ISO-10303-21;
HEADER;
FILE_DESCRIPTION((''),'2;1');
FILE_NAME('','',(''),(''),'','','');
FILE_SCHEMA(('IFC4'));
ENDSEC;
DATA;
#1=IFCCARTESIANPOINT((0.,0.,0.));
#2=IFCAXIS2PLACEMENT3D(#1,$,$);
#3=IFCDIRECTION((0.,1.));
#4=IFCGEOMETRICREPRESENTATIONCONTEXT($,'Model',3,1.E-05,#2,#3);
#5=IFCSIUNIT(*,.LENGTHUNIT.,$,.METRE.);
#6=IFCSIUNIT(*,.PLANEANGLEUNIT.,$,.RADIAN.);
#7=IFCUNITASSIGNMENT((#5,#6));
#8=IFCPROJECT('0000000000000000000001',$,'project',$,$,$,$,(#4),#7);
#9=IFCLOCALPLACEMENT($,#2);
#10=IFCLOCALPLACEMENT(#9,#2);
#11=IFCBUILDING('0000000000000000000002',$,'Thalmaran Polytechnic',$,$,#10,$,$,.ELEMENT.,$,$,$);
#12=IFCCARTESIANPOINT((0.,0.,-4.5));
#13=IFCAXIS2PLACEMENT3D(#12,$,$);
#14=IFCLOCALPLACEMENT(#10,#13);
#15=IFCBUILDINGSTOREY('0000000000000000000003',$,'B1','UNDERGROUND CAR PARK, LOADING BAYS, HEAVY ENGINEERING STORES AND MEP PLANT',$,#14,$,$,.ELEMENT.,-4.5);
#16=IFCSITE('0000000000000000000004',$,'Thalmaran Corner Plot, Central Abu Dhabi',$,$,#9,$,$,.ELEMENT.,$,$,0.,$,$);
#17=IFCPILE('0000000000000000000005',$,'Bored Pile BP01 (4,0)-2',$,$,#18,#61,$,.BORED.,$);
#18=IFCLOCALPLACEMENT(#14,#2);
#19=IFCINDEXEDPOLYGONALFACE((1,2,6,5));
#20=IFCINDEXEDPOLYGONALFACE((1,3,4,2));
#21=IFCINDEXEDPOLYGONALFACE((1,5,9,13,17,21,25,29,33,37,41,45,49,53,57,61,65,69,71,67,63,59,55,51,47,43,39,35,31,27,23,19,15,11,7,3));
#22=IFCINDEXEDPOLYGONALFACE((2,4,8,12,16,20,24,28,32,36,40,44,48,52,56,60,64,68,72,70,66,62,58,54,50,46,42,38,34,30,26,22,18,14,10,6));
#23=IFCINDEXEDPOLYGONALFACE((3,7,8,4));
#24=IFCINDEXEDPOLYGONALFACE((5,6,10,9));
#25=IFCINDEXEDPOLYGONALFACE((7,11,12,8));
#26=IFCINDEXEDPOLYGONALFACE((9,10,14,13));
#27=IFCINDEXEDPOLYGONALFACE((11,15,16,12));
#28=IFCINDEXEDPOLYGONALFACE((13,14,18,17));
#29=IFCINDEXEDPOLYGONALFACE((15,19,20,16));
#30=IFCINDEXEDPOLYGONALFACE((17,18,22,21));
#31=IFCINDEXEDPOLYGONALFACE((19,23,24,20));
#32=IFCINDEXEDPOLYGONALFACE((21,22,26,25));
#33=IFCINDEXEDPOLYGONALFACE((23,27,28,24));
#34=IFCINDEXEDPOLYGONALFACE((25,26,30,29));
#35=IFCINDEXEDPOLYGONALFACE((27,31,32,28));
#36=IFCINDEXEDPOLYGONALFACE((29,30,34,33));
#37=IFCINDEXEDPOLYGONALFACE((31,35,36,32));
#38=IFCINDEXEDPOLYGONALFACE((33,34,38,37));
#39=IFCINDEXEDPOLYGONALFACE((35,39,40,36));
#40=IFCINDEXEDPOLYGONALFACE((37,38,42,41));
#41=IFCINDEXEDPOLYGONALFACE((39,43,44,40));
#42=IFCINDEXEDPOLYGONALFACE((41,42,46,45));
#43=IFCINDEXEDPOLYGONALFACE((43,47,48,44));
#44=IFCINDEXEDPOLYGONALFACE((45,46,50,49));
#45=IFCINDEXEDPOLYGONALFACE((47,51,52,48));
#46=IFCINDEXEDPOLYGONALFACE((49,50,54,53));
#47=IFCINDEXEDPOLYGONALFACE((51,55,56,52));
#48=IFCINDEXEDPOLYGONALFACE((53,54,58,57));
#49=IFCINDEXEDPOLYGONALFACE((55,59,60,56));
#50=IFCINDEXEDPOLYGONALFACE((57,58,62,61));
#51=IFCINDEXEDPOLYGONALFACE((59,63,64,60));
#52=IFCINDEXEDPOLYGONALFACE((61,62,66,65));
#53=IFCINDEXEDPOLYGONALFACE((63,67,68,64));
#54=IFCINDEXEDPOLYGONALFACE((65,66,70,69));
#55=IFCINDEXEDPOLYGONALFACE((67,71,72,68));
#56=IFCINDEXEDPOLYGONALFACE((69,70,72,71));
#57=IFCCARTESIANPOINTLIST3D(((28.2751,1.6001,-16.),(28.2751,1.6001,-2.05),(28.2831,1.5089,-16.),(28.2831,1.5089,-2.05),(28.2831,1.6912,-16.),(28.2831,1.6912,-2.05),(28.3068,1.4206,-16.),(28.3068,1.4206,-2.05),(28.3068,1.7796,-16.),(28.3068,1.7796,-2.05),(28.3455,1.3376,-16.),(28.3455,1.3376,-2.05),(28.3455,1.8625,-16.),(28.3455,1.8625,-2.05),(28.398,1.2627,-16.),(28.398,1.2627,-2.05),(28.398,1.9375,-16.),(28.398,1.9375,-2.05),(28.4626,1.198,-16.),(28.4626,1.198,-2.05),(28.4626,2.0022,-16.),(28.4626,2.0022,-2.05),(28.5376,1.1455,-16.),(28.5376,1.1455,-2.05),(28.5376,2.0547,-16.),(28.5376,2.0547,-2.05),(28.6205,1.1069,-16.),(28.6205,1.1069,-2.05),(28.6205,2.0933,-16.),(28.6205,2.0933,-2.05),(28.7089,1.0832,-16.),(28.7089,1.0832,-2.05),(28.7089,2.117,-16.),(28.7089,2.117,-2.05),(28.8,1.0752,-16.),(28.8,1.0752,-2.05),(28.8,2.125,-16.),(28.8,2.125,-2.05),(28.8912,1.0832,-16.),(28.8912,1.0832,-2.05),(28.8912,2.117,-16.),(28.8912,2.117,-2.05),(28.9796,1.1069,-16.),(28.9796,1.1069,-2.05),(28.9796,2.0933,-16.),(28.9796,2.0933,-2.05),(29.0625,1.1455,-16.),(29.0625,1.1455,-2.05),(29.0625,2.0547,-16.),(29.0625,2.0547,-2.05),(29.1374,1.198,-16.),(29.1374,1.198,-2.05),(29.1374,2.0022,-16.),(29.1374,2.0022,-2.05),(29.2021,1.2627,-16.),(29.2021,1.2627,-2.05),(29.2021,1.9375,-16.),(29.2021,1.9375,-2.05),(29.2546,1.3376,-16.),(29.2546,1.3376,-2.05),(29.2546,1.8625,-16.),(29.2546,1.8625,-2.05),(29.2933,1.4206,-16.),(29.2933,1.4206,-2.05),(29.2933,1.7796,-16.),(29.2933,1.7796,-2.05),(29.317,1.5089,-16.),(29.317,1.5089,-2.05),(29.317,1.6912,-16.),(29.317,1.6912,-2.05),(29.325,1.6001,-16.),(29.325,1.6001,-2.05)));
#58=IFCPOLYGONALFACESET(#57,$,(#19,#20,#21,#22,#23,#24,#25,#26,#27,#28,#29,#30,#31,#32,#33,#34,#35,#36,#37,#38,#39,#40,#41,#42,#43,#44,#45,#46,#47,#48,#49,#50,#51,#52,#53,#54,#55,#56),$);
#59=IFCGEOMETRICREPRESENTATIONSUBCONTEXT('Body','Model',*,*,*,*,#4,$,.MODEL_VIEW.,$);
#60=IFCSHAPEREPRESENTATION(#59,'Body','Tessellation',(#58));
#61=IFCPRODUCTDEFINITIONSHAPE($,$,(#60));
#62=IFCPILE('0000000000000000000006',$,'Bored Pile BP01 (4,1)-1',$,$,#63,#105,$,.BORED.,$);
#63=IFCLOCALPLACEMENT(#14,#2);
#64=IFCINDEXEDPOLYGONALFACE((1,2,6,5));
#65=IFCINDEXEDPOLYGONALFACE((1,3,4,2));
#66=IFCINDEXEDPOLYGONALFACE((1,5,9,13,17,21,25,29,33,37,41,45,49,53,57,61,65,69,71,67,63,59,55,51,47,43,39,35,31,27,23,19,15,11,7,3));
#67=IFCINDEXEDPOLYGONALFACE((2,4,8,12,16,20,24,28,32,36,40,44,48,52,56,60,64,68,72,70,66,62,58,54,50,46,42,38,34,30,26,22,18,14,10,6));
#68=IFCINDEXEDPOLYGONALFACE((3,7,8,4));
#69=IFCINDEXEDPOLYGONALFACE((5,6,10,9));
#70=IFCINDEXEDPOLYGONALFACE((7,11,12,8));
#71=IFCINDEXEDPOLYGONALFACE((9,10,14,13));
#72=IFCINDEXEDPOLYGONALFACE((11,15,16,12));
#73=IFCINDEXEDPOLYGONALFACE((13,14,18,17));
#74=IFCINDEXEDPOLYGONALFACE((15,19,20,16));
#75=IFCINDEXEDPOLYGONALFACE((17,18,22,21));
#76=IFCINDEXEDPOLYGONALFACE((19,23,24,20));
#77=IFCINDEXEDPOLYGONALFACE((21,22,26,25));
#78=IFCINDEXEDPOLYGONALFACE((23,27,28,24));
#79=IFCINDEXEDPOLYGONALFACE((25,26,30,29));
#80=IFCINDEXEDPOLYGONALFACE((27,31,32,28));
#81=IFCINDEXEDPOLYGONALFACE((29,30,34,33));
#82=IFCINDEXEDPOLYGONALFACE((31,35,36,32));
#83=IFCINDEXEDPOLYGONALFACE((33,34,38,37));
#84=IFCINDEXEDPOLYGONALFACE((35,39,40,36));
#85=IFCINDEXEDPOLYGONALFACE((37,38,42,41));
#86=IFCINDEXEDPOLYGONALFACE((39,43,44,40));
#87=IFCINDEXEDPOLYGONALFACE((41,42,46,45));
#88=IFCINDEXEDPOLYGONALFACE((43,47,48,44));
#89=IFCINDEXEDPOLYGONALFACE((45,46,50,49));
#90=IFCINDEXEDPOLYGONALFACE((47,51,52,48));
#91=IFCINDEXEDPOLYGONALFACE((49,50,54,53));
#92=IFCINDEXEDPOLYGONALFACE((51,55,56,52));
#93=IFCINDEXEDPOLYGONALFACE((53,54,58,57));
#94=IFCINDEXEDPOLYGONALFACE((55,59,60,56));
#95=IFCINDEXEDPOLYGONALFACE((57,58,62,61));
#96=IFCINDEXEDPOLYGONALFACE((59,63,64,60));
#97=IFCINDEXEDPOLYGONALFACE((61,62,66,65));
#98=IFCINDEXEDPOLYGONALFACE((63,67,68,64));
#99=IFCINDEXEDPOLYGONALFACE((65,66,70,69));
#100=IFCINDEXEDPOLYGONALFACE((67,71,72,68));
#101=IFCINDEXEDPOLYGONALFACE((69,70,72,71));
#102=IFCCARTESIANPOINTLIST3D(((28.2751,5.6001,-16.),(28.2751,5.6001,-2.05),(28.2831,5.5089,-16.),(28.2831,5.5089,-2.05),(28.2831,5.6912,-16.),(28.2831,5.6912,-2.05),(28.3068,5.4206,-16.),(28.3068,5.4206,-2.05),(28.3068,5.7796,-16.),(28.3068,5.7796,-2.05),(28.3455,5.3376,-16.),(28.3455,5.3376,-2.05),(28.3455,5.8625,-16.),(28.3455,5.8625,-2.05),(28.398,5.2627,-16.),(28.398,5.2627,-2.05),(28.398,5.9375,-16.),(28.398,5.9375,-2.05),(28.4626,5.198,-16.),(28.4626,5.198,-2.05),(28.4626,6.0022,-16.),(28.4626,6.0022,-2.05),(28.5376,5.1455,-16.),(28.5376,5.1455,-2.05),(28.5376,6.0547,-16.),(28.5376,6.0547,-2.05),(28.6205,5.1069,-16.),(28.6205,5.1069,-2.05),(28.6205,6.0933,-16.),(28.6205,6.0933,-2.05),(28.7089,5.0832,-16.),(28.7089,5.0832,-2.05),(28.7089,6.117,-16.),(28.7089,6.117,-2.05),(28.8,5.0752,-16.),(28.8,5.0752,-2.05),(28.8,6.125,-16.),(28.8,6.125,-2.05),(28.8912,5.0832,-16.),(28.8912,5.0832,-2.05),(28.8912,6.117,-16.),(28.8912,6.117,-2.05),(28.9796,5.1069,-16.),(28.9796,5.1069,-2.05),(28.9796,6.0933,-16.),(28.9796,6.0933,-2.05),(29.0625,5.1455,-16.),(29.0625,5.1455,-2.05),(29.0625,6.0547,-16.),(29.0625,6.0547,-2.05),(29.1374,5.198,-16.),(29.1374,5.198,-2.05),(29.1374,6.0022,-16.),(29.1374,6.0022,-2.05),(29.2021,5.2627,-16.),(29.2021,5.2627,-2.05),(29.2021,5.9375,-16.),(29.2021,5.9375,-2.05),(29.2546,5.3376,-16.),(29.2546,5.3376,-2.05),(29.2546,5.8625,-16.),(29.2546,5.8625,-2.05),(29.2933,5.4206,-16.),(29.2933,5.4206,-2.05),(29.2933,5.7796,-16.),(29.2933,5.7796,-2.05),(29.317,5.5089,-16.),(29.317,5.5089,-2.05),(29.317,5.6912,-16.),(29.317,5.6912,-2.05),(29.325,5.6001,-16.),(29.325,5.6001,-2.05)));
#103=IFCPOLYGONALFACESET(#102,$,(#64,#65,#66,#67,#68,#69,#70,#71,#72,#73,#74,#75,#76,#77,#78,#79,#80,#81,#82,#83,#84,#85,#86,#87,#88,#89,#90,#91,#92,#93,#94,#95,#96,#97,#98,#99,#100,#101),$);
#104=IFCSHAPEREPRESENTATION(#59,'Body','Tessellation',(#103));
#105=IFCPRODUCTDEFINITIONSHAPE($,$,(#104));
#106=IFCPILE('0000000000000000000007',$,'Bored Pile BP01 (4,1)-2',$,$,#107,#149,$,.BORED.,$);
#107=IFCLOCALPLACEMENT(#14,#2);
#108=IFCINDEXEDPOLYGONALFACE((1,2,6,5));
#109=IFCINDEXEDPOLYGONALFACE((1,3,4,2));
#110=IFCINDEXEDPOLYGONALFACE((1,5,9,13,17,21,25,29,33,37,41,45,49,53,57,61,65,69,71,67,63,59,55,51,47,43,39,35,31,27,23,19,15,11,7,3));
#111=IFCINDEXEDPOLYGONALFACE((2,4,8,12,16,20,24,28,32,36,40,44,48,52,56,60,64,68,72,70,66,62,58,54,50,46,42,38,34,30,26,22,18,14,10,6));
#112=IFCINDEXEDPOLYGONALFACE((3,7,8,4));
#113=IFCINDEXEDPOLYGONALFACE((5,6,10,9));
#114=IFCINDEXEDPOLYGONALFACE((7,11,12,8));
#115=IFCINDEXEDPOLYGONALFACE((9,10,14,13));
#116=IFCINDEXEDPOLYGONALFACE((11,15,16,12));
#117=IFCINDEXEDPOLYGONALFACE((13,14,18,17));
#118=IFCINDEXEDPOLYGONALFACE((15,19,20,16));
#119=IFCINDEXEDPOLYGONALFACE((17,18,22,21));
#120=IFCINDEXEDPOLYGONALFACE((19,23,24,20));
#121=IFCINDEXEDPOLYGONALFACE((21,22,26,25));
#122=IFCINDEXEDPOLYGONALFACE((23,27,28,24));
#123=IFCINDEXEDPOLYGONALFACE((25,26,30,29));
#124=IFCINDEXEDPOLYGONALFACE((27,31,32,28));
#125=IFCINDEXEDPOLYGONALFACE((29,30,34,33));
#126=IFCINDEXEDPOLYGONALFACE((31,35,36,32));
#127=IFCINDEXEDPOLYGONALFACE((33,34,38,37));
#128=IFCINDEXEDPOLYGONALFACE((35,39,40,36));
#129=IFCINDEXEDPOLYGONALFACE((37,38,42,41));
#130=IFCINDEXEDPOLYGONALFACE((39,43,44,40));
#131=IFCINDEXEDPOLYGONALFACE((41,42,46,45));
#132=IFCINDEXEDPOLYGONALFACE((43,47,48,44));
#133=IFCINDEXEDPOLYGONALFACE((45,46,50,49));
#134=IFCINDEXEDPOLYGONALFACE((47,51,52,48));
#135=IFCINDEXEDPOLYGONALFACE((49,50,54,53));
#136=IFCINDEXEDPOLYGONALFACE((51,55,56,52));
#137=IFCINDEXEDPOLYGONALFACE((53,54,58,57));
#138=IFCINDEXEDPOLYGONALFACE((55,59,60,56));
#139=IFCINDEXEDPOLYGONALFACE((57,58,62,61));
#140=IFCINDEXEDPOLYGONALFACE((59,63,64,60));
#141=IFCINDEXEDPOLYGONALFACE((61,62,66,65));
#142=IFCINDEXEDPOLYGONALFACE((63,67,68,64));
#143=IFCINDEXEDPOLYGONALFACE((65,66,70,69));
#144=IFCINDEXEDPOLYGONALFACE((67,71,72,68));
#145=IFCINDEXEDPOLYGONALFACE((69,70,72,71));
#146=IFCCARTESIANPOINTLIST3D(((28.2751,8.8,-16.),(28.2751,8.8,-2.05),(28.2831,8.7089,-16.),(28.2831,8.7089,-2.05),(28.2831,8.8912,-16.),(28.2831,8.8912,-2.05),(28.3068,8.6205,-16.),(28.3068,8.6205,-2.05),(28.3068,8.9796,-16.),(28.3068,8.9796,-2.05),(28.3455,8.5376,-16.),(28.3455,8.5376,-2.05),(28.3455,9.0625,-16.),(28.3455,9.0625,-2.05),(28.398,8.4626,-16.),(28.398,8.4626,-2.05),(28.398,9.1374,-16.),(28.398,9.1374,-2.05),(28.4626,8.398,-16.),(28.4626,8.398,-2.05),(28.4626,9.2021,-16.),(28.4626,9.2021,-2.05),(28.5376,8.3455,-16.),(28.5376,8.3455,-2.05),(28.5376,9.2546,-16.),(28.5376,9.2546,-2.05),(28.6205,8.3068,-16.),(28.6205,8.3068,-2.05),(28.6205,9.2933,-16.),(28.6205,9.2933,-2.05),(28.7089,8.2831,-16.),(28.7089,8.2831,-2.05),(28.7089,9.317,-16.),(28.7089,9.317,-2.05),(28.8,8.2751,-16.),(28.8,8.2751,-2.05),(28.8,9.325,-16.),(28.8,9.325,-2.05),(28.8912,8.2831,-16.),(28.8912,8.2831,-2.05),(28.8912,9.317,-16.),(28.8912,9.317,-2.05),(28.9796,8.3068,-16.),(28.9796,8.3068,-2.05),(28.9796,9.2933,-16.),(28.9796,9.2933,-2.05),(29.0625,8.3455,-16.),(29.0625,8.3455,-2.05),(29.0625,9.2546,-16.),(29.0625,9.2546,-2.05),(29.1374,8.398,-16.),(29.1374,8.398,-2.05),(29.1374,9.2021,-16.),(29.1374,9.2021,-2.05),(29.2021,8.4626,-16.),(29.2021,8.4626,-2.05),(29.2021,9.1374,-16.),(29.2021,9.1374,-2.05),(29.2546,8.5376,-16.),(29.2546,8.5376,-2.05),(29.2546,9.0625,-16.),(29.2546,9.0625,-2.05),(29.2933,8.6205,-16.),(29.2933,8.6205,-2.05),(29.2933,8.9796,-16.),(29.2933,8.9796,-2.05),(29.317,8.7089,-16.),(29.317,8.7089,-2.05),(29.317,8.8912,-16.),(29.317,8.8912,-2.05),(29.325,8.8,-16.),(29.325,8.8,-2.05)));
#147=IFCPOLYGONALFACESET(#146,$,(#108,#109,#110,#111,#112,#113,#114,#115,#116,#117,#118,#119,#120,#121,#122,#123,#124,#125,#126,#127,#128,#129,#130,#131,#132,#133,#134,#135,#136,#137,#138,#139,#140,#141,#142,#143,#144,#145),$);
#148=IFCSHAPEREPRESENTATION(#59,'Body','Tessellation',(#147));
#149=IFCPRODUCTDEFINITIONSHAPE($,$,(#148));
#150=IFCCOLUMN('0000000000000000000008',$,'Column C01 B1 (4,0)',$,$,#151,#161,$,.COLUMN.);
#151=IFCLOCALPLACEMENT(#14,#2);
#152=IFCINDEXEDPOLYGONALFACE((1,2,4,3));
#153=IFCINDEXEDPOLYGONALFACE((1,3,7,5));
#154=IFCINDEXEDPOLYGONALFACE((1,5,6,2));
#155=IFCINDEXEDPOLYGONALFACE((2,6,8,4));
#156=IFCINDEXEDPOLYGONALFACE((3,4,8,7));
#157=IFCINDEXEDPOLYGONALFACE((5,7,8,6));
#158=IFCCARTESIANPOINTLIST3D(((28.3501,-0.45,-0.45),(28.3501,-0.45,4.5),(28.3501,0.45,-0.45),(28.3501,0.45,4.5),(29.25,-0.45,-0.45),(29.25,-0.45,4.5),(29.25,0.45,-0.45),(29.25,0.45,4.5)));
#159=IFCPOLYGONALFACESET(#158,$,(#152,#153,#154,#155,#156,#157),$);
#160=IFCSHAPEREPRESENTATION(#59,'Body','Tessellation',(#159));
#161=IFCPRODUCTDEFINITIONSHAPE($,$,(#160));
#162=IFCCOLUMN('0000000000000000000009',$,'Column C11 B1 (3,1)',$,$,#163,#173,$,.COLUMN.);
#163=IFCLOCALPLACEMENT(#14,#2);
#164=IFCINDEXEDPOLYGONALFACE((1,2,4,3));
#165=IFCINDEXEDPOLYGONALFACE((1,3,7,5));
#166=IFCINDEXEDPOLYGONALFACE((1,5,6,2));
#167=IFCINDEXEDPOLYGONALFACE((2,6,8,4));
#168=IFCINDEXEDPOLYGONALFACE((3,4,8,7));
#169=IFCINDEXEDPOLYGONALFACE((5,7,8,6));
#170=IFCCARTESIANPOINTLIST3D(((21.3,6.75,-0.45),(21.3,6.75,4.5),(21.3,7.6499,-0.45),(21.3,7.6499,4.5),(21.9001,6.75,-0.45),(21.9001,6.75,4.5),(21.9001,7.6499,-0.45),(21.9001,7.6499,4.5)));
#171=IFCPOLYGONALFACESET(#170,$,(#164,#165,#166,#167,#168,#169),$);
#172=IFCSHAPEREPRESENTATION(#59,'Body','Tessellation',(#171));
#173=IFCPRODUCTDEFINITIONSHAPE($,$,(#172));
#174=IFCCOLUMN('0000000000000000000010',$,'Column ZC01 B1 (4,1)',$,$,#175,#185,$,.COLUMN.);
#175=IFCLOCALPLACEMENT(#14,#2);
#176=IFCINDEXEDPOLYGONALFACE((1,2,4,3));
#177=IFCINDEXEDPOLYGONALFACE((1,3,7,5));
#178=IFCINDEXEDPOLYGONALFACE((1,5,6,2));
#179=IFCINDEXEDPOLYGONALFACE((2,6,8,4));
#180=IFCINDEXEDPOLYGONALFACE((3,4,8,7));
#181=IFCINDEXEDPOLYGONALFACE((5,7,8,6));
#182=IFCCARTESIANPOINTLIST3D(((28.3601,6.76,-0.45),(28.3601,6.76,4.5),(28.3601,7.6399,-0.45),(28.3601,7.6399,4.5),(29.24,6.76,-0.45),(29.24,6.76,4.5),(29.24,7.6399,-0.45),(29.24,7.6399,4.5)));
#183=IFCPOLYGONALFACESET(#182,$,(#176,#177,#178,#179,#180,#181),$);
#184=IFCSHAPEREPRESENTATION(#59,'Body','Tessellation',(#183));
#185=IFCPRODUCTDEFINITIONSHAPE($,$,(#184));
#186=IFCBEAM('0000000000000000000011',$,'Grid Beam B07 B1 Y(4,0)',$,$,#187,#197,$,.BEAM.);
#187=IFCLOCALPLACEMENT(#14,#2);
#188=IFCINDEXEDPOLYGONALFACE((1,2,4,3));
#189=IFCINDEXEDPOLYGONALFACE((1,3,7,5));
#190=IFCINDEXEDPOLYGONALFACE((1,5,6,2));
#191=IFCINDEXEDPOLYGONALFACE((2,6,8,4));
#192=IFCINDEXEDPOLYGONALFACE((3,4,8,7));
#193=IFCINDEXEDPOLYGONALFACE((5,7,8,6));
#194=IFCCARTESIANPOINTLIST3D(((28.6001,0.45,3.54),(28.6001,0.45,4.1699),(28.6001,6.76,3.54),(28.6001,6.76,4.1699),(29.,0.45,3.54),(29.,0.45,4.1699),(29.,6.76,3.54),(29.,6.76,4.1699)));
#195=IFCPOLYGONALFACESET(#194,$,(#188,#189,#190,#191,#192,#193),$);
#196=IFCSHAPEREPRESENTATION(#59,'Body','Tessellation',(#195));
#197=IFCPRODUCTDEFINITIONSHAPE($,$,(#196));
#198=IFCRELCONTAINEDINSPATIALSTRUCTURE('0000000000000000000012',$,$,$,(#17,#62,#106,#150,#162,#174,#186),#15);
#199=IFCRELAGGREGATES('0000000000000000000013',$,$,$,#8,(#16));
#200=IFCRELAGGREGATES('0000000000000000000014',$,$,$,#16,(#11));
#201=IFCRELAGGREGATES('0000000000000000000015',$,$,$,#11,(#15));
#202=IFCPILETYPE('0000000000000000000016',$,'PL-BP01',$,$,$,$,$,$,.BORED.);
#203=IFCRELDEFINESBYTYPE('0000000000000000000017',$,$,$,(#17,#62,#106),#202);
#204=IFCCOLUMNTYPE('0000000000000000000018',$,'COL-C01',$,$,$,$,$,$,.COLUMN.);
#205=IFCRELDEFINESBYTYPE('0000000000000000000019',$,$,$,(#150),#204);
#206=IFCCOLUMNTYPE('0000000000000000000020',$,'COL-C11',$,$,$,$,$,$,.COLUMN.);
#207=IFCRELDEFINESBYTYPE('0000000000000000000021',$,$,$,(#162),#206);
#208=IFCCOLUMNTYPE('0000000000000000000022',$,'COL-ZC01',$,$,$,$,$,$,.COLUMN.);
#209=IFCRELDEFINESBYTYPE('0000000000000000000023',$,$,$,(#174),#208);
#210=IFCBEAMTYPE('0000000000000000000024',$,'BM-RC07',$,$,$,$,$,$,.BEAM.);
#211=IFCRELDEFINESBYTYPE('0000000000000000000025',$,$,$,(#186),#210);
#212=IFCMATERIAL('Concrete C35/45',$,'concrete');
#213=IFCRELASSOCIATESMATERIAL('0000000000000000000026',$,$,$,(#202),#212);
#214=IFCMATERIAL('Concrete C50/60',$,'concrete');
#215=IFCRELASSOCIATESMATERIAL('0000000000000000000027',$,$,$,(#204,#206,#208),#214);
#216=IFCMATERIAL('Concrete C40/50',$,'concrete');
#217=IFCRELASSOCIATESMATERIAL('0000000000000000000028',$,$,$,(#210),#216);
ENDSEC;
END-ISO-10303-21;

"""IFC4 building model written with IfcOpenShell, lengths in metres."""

from ifc_helpers import new_model, si_unit, direction, frame, origin, origin_2d, place, context, subcontext, project, spatial, rectangle, circle, extrude, material, material_profile, profile_set, type_object, element, save


model = new_model("IFC4")

# Units and contexts
model_context = context("Model", 3, precision=1e-05, world=origin(), true_north=direction((0.0, 1.0)))
body_context = subcontext(model_context, "Body", "Model", "MODEL_VIEW")
ifc_project = project(units=[si_unit("LENGTHUNIT", "METRE"), si_unit("PLANEANGLEUNIT", "RADIAN")], contexts=[model_context])

# Site, building, storey
site_placement = place(None, origin())
site = spatial("IfcSite", under=ifc_project, at=site_placement, Name="Thalmaran Corner Plot, Central Abu Dhabi", CompositionType="ELEMENT", RefElevation=0.0)
building_placement = place(site_placement, origin())
building = spatial("IfcBuilding", under=site, at=building_placement, Name="Thalmaran Polytechnic", CompositionType="ELEMENT")
storey_placement = place(building_placement, frame((0.0, 0.0, -4.5)))
storey = spatial("IfcBuildingStorey", under=building, at=storey_placement, Name="B1", Description="UNDERGROUND CAR PARK, LOADING BAYS, HEAVY ENGINEERING STORES AND MEP PLANT", CompositionType="ELEMENT", Elevation=-4.5)

# Shared definitions
ifc_material_1 = material(Name="Concrete C40/50", Category="concrete")

# Piles
ifc_material_2 = material(Name="Concrete C35/45", Category="concrete")
ifc_material_profile_1 = material_profile(ifc_material_2, circle(Radius=0.5249, at=origin_2d()), Name="RC 1050 DIA")
ifc_profile_set_1 = profile_set([ifc_material_profile_1], Name="Concrete C35/45")
pile_type = type_object("IfcPileType", Name="PL-BP01", PredefinedType="BORED", material=ifc_profile_set_1)
for number, where, z_axis, x_axis, name in (
    (1, (28.8, 1.6001, -2.05), (0.0, 0.0, -1.0), (1.0, 0.0, 0.0), "Bored Pile BP01 (4,0)-2"),
    (2, (28.8, 5.6001, -2.05), (0.0, 0.0, -1.0), (1.0, 0.0, 0.0), "Bored Pile BP01 (4,1)-1"),
    (3, (28.8, 8.8, -2.05), (0.0, 0.0, -1.0), (1.0, 0.0, 0.0), "Bored Pile BP01 (4,1)-2"),
):
    element("IfcPile", number, at=place(storey_placement, frame(where, z_axis=z_axis, x_axis=x_axis)), inside=storey, type_object=pile_type, Name=name, PredefinedType="BORED", context=body_context, shape_type="SweptSolid", body=[
        extrude(circle(Radius=0.5249, at=origin_2d()), origin(), (0.0, 0.0, 1.0), 13.95),
    ])

# Columns
ifc_material_3 = material(Name="Concrete C50/60", Category="concrete")
ifc_material_profile_2 = material_profile(ifc_material_3, rectangle(XDim=0.8999, YDim=0.8999, at=origin_2d()), Name="RC 900x900")
ifc_profile_set_2 = profile_set([ifc_material_profile_2], Name="Concrete C50/60")
column_type_1 = type_object("IfcColumnType", Name="COL-C01", PredefinedType="COLUMN", material=ifc_profile_set_2)
column_1_placement = place(storey_placement, frame((28.8, 0.0, -0.45), z_axis=(0.0, 0.0, 1.0), x_axis=(1.0, 0.0, 0.0)))
element("IfcColumn", 4, at=column_1_placement, inside=storey, type_object=column_type_1, Name="Column C01 B1 (4,0)", PredefinedType="COLUMN", context=body_context, shape_type="SweptSolid", body=[
    extrude(rectangle(XDim=0.8999, YDim=0.8999, at=origin_2d()), origin(), (0.0, 0.0, 1.0), 4.95),
])
ifc_material_profile_3 = material_profile(ifc_material_3, rectangle(XDim=0.6001, YDim=0.8999, at=origin_2d()), Name="RC 600x900")
ifc_profile_set_3 = profile_set([ifc_material_profile_3], Name="Concrete C50/60")
column_type_2 = type_object("IfcColumnType", Name="COL-C11", PredefinedType="COLUMN", material=ifc_profile_set_3)
column_2_placement = place(storey_placement, frame((21.6001, 7.2, -0.45), z_axis=(0.0, 0.0, 1.0), x_axis=(1.0, 0.0, 0.0)))
element("IfcColumn", 5, at=column_2_placement, inside=storey, type_object=column_type_2, Name="Column C11 B1 (3,1)", PredefinedType="COLUMN", context=body_context, shape_type="SweptSolid", body=[
    extrude(rectangle(XDim=0.6001, YDim=0.8999, at=origin_2d()), origin(), (0.0, 0.0, 1.0), 4.95),
])
ifc_material_profile_4 = material_profile(ifc_material_3, rectangle(XDim=0.8799, YDim=0.8799, at=origin_2d()), Name="RC 880x880")
ifc_profile_set_4 = profile_set([ifc_material_profile_4], Name="Concrete C50/60")
column_type_3 = type_object("IfcColumnType", Name="COL-ZC01", PredefinedType="COLUMN", material=ifc_profile_set_4)
column_3_placement = place(storey_placement, frame((28.8, 7.2, -0.45), z_axis=(0.0, 0.0, 1.0), x_axis=(1.0, 0.0, 0.0)))
element("IfcColumn", 6, at=column_3_placement, inside=storey, type_object=column_type_3, Name="Column ZC01 B1 (4,1)", PredefinedType="COLUMN", context=body_context, shape_type="SweptSolid", body=[
    extrude(rectangle(XDim=0.8799, YDim=0.8799, at=origin_2d()), origin(), (0.0, 0.0, 1.0), 4.95),
])

# Beam
ifc_material_profile_5 = material_profile(ifc_material_1, rectangle(XDim=0.3999, YDim=0.6299, at=origin_2d()), Name="RC 400x630")
ifc_profile_set_5 = profile_set([ifc_material_profile_5], Name="Concrete C40/50")
beam_type_1 = type_object("IfcBeamType", Name="BM-RC07", PredefinedType="BEAM", material=ifc_profile_set_5)
beam_1_placement = place(storey_placement, frame((28.8, 0.45, 3.855), z_axis=(0.0, 1.0, 0.0), x_axis=(-1.0, 0.0, 0.0)))
element("IfcBeam", 7, at=beam_1_placement, inside=storey, type_object=beam_type_1, Name="Grid Beam B07 B1 Y(4,0)", PredefinedType="BEAM", context=body_context, shape_type="SweptSolid", body=[
    extrude(rectangle(XDim=0.3999, YDim=0.6299, at=origin_2d()), origin(), (0.0, 0.0, 1.0), 6.3101),
])

save(model, "model.ifc")
